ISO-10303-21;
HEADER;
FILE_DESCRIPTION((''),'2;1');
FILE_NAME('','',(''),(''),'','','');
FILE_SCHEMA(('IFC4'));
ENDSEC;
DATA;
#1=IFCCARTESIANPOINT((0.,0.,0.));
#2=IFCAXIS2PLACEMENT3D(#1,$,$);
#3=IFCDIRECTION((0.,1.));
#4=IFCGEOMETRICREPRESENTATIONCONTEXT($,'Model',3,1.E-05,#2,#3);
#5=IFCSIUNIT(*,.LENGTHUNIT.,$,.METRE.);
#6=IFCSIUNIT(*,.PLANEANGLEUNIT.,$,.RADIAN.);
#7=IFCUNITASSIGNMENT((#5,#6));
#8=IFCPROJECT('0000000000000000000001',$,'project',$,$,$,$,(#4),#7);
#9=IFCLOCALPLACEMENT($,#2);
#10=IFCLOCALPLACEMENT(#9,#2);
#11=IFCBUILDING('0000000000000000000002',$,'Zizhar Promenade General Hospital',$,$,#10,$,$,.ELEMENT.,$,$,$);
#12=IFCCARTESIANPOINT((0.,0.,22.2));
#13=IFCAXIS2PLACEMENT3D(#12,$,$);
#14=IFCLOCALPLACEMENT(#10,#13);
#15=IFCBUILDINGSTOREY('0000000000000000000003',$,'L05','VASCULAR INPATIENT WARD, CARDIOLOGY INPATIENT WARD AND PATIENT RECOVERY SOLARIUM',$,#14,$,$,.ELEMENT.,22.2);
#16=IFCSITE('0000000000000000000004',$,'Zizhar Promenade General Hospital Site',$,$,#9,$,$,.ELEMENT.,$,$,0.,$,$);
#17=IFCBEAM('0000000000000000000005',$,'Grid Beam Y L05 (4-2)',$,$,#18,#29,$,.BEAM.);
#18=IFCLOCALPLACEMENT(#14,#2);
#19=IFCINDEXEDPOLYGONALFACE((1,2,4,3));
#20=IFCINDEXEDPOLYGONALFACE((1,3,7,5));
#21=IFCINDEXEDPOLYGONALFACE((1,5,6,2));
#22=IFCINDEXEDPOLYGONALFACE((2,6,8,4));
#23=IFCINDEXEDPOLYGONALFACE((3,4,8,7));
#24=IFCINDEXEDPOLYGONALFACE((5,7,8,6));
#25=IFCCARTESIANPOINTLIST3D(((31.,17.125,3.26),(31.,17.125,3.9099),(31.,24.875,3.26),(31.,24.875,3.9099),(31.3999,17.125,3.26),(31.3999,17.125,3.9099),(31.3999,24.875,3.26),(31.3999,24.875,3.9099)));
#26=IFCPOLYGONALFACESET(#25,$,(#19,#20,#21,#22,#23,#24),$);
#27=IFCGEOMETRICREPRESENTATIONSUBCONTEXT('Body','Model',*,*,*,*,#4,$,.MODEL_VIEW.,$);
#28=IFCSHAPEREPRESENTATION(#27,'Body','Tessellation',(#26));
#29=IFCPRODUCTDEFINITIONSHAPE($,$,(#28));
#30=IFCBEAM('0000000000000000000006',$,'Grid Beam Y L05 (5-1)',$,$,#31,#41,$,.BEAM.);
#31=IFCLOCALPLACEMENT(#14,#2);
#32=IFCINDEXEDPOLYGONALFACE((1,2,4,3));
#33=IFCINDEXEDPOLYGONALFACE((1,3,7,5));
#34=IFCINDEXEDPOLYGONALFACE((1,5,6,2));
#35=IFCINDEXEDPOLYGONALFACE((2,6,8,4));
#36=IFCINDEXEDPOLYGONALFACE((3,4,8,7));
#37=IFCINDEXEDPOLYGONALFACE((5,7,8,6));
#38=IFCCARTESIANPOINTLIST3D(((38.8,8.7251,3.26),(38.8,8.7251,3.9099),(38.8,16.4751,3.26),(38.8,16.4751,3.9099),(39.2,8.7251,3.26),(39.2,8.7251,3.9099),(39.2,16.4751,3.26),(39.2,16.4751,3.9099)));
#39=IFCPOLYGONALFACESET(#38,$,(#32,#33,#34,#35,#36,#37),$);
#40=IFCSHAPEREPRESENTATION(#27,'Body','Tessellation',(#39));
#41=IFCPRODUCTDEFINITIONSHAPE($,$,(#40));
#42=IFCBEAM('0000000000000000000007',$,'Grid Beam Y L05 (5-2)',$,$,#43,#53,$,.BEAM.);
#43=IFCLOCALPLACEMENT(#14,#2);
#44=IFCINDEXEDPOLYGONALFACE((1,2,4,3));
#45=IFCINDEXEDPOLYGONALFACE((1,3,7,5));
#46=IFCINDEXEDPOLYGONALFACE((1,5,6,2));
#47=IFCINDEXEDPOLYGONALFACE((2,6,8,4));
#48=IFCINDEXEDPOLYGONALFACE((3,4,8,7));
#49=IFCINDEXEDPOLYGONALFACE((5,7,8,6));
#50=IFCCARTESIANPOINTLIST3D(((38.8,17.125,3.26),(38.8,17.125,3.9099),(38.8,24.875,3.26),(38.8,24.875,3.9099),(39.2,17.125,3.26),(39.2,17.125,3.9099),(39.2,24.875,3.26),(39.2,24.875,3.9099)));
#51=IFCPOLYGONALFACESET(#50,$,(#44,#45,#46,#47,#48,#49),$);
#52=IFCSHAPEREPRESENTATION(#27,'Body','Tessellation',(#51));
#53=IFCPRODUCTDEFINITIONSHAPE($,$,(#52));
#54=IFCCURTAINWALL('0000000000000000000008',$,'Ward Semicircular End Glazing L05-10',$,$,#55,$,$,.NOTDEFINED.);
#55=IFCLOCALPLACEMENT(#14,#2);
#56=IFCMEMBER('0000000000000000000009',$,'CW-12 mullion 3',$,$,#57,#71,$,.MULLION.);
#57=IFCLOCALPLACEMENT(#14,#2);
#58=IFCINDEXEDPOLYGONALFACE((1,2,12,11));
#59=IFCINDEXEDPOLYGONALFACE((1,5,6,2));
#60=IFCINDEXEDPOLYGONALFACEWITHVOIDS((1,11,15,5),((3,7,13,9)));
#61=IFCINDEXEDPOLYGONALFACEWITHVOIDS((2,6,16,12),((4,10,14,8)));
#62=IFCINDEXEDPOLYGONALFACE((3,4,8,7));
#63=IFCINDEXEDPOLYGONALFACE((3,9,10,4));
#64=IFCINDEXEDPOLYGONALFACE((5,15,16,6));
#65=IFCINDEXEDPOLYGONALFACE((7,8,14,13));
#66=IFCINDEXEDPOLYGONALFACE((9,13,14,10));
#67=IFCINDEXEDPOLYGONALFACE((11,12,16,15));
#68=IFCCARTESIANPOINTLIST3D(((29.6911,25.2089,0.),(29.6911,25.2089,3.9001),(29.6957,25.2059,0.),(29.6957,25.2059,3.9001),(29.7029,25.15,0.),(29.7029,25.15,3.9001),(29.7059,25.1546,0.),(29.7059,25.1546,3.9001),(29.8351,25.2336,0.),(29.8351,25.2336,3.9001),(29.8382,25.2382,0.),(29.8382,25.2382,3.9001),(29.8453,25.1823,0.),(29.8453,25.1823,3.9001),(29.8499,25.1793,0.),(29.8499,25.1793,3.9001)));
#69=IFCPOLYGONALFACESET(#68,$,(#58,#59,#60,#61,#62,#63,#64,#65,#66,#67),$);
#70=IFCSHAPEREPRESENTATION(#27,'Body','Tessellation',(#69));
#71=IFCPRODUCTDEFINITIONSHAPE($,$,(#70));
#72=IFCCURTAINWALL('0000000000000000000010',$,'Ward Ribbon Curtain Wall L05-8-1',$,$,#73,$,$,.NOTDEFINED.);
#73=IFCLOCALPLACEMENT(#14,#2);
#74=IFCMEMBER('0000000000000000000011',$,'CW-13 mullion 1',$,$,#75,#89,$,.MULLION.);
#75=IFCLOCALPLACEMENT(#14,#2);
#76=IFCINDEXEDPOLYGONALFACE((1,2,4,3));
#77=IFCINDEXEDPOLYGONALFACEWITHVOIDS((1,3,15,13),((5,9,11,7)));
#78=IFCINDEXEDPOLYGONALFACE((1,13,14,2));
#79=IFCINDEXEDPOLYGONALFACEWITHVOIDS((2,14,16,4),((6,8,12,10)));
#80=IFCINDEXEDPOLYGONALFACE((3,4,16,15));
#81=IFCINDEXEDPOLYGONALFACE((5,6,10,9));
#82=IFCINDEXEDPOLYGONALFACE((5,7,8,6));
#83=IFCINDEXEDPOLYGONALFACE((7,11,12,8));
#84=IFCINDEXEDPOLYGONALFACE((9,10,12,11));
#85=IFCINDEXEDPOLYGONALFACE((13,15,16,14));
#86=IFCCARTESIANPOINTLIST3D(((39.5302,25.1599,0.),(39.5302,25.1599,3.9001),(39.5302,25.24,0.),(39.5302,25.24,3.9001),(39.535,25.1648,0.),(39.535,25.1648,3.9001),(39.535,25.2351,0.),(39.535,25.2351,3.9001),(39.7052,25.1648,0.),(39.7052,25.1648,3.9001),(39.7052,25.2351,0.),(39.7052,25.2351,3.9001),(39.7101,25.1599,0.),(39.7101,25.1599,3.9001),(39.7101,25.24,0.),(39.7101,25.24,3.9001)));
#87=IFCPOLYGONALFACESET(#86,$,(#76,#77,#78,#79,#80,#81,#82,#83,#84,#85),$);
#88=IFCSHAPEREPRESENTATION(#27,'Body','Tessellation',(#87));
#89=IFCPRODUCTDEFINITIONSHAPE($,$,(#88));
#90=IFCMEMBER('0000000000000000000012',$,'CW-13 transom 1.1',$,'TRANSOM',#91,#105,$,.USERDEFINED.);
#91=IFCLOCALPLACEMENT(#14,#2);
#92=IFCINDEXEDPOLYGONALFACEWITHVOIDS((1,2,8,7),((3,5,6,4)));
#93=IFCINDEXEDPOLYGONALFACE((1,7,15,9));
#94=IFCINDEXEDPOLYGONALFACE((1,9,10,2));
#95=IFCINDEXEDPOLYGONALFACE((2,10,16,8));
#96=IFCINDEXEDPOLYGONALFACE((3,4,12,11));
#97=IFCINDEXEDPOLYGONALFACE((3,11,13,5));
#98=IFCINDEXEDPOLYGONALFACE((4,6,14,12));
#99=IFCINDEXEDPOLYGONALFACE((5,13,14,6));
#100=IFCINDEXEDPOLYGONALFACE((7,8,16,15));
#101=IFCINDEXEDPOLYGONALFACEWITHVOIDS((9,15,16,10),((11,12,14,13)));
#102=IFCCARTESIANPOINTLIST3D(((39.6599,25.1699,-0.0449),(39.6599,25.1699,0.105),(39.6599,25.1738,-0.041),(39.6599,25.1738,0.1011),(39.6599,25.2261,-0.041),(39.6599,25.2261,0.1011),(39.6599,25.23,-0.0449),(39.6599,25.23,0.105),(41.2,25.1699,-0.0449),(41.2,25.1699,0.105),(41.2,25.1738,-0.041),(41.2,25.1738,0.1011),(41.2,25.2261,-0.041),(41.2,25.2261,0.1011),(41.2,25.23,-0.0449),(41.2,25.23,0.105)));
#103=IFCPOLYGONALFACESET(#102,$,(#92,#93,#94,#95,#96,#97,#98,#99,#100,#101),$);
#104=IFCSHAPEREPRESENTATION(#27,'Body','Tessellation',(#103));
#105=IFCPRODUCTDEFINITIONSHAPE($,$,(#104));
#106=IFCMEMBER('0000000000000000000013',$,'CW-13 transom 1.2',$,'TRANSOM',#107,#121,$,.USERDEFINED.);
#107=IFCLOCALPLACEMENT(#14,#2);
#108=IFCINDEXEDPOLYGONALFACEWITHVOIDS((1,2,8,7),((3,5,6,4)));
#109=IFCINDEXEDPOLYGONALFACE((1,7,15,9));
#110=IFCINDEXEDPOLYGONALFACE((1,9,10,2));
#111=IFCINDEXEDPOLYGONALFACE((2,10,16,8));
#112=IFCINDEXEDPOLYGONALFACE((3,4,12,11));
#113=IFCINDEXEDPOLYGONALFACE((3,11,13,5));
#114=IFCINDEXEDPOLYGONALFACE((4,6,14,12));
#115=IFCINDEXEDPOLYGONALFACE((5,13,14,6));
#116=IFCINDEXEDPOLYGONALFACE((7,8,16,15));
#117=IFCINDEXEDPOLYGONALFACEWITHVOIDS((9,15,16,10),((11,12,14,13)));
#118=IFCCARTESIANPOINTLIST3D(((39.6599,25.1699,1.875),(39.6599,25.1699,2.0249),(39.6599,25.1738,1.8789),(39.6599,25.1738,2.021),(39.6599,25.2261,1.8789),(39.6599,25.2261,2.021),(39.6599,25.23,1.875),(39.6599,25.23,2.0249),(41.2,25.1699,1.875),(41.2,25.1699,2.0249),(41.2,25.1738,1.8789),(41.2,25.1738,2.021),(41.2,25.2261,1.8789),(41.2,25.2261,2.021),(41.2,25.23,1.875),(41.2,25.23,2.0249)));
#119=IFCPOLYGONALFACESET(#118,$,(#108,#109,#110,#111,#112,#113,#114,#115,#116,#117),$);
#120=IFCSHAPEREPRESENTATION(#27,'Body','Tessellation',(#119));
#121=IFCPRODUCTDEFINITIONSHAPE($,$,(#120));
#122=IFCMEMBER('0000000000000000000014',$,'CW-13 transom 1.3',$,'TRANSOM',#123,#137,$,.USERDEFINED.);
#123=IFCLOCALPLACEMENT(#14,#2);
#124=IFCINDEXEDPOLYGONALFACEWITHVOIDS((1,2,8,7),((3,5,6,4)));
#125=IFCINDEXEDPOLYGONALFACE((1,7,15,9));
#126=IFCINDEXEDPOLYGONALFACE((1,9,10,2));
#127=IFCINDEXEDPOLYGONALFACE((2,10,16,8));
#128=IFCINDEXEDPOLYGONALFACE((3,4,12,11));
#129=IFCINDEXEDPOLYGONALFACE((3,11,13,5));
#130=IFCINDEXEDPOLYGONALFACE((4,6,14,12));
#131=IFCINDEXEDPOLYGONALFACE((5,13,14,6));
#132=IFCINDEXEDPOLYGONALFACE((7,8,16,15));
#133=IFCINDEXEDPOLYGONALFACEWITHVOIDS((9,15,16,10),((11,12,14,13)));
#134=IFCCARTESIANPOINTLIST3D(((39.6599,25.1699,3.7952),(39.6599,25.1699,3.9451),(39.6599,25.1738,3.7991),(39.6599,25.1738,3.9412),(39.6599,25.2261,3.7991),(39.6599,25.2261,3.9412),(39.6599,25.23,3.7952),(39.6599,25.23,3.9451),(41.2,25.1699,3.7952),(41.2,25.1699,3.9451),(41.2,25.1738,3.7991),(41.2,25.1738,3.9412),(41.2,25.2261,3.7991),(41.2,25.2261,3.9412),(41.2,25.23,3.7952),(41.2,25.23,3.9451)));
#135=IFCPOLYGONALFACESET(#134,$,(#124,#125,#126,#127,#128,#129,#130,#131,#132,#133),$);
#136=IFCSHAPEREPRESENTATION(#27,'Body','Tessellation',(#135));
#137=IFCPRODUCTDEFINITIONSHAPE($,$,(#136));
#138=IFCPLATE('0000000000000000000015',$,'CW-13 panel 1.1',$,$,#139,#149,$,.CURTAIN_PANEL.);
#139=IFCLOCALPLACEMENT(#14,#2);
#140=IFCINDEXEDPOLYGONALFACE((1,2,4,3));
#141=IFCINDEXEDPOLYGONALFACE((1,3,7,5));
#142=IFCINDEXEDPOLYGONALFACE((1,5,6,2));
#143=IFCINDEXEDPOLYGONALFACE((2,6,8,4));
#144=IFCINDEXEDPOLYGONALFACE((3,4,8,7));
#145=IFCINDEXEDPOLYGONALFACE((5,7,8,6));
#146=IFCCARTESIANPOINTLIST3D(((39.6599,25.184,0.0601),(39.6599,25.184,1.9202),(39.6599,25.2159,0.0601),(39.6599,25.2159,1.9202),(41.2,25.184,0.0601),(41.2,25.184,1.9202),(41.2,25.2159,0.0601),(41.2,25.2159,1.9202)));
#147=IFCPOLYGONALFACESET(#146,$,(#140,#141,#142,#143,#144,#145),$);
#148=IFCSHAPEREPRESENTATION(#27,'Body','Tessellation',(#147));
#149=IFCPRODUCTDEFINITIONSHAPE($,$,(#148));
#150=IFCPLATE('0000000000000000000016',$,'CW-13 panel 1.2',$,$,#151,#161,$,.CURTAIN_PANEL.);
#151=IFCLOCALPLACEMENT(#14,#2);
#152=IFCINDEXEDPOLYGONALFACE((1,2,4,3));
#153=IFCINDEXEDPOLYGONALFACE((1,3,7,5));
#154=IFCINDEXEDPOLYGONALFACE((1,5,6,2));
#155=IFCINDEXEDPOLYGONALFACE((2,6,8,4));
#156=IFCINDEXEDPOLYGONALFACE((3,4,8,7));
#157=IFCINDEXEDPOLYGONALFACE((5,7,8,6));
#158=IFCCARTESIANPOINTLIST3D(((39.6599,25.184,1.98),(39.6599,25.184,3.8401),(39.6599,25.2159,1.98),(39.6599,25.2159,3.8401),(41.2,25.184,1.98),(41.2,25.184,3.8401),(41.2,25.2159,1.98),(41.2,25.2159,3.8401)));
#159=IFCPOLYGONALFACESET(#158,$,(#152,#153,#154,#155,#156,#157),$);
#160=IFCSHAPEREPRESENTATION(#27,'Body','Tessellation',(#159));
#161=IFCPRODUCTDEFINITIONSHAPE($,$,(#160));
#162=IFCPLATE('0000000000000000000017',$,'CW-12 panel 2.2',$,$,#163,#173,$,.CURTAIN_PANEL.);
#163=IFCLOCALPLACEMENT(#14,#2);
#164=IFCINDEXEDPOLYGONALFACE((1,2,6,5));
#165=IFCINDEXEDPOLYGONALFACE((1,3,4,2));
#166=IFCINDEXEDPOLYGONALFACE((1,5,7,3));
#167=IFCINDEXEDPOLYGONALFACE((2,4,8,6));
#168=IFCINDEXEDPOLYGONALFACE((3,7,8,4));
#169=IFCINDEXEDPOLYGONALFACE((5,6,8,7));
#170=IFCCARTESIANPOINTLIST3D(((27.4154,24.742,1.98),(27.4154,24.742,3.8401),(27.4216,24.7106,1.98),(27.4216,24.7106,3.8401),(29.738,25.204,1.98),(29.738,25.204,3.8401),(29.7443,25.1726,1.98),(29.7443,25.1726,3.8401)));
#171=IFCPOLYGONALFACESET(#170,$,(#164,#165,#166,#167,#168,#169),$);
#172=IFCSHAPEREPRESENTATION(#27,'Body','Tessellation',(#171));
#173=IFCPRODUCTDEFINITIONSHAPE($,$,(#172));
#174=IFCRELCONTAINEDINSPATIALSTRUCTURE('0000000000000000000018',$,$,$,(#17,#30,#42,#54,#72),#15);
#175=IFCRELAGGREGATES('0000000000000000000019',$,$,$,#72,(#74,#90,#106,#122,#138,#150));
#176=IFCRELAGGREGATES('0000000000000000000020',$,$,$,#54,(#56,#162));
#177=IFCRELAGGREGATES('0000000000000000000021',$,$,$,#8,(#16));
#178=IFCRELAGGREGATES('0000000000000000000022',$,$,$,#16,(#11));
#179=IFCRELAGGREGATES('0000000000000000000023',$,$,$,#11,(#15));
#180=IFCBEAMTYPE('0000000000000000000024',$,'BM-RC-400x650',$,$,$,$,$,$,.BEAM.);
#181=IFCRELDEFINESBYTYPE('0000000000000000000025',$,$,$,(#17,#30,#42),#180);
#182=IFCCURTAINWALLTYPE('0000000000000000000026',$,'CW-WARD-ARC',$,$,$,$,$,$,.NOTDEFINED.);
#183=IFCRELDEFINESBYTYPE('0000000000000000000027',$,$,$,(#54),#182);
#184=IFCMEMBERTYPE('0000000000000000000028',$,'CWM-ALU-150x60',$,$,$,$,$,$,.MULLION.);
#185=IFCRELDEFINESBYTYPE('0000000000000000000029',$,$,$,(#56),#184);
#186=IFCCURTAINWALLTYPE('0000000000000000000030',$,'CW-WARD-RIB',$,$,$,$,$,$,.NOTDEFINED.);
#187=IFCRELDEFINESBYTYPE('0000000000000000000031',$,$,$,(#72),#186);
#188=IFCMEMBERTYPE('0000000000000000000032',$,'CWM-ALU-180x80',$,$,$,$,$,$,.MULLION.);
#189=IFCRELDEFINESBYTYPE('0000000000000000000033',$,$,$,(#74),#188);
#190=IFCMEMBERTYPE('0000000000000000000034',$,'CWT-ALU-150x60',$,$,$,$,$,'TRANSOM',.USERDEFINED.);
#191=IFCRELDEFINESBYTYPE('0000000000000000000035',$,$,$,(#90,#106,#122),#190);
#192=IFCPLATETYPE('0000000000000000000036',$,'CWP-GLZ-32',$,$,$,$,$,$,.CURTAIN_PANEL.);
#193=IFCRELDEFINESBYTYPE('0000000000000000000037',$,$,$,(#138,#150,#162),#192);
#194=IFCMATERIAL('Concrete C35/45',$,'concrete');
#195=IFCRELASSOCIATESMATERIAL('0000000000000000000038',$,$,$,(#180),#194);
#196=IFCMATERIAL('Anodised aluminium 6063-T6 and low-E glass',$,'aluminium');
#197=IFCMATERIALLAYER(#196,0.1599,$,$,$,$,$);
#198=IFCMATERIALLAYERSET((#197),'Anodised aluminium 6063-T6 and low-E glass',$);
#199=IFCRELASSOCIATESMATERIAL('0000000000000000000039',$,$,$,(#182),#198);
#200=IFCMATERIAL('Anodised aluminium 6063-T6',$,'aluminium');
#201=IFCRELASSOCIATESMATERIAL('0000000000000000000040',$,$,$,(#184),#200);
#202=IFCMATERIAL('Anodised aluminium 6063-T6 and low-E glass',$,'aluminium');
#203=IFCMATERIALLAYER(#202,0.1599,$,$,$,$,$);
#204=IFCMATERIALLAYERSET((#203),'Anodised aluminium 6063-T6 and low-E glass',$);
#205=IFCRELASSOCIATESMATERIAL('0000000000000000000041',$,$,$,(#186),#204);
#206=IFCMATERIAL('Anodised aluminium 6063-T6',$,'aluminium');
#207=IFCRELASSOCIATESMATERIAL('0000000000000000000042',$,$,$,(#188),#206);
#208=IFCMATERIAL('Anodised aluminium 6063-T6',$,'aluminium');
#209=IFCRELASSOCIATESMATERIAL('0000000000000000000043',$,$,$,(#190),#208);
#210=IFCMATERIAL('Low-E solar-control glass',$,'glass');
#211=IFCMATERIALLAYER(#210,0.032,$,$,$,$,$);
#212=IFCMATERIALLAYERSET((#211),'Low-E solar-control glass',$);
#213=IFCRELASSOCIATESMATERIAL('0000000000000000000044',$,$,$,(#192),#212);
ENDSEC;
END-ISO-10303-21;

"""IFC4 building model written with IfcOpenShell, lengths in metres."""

from ifc_helpers import new_model, si_unit, direction, frame, origin, origin_2d, place, context, subcontext, project, spatial, rectangle, hollow_rectangle, extrude, material, layer, layer_set, material_profile, profile_set, type_object, element, aggregate, save


model = new_model("IFC4")

# Units and contexts
model_context = context("Model", 3, precision=1e-05, world=origin(), true_north=direction((0.0, 1.0)))
body_context = subcontext(model_context, "Body", "Model", "MODEL_VIEW")
ifc_project = project(units=[si_unit("LENGTHUNIT", "METRE"), si_unit("PLANEANGLEUNIT", "RADIAN")], contexts=[model_context])

# Site, building, storey
site_placement = place(None, origin())
site = spatial("IfcSite", under=ifc_project, at=site_placement, Name="Zizhar Promenade General Hospital Site", CompositionType="ELEMENT", RefElevation=0.0)
building_placement = place(site_placement, origin())
building = spatial("IfcBuilding", under=site, at=building_placement, Name="Zizhar Promenade General Hospital", CompositionType="ELEMENT")
storey_placement = place(building_placement, frame((0.0, 0.0, 22.2)))
storey = spatial("IfcBuildingStorey", under=building, at=storey_placement, Name="L05", Description="VASCULAR INPATIENT WARD, CARDIOLOGY INPATIENT WARD AND PATIENT RECOVERY SOLARIUM", CompositionType="ELEMENT", Elevation=22.2)

# Beams
ifc_material_1 = material(Name="Concrete C35/45", Category="concrete")
ifc_material_profile_1 = material_profile(ifc_material_1, rectangle(XDim=0.3999, YDim=0.6499, at=origin_2d()))
ifc_profile_set_1 = profile_set([ifc_material_profile_1], Name="Concrete C35/45")
beam_type_1 = type_object("IfcBeamType", Name="BM-RC-400x650", PredefinedType="BEAM", material=ifc_profile_set_1)
for number, where, z_axis, x_axis, name in (
    (1, (31.2, 17.125, 3.585), (0.0, 1.0, 0.0), (-1.0, 0.0, 0.0), "Grid Beam Y L05 (4-2)"),
    (2, (39.0, 8.7251, 3.585), (0.0, 1.0, 0.0), (-1.0, 0.0, 0.0), "Grid Beam Y L05 (5-1)"),
    (3, (39.0, 17.125, 3.585), (0.0, 1.0, 0.0), (-1.0, 0.0, 0.0), "Grid Beam Y L05 (5-2)"),
):
    element("IfcBeam", number, at=place(storey_placement, frame(where, z_axis=z_axis, x_axis=x_axis)), inside=storey, type_object=beam_type_1, Name=name, PredefinedType="BEAM", context=body_context, shape_type="SweptSolid", body=[
        extrude(rectangle(XDim=0.3999, YDim=0.6499, at=origin_2d()), origin(), (0.0, 0.0, 1.0), 7.75),
    ])

# Curtain wall, member
ifc_material_2 = material(Name="Anodised aluminium 6063-T6 and low-E glass", Category="aluminium")
ifc_layer_1 = layer(ifc_material_2, 0.1599)
ifc_layer_set_1 = layer_set([ifc_layer_1], Name="Anodised aluminium 6063-T6 and low-E glass")
curtain_wall_type_1 = type_object("IfcCurtainWallType", Name="CW-WARD-ARC", PredefinedType="NOTDEFINED", material=ifc_layer_set_1)
curtain_wall_1_placement = place(storey_placement, origin())
curtain_wall_1 = element("IfcCurtainWall", 4, at=curtain_wall_1_placement, inside=storey, type_object=curtain_wall_type_1, Name="Ward Semicircular End Glazing L05-10", PredefinedType="NOTDEFINED")
ifc_material_3 = material(Name="Anodised aluminium 6063-T6", Category="aluminium")
ifc_material_profile_2 = material_profile(ifc_material_3, hollow_rectangle(XDim=0.0601, YDim=0.1499, WallThickness=0.0039, at=origin_2d()))
ifc_profile_set_2 = profile_set([ifc_material_profile_2], Name="Anodised aluminium 6063-T6")
member_type_1 = type_object("IfcMemberType", Name="CWM-ALU-150x60", PredefinedType="MULLION", material=ifc_profile_set_2)
member_1_placement = place(storey_placement, frame((29.7705, 25.1941, 0.0), z_axis=(0.0, 0.0, 1.0), x_axis=(-0.195087, 0.980786, 0.0)))
member_1 = element("IfcMember", 5, at=member_1_placement, type_object=member_type_1, Name="CW-12 mullion 3", PredefinedType="MULLION", context=body_context, shape_type="SweptSolid", body=[
    extrude(hollow_rectangle(XDim=0.0601, YDim=0.1499, WallThickness=0.0039, at=origin_2d()), origin(), (0.0, 0.0, 1.0), 3.9001),
])

# Curtain wall, members, plates
ifc_material_4 = material(Name="Anodised aluminium 6063-T6 and low-E glass", Category="aluminium")
ifc_layer_2 = layer(ifc_material_4, 0.1599)
ifc_layer_set_2 = layer_set([ifc_layer_2], Name="Anodised aluminium 6063-T6 and low-E glass")
curtain_wall_type_2 = type_object("IfcCurtainWallType", Name="CW-WARD-RIB", PredefinedType="NOTDEFINED", material=ifc_layer_set_2)
curtain_wall_2_placement = place(storey_placement, origin())
curtain_wall_2 = element("IfcCurtainWall", 6, at=curtain_wall_2_placement, inside=storey, type_object=curtain_wall_type_2, Name="Ward Ribbon Curtain Wall L05-8-1", PredefinedType="NOTDEFINED")
ifc_material_5 = material(Name="Anodised aluminium 6063-T6", Category="aluminium")
ifc_material_profile_3 = material_profile(ifc_material_5, hollow_rectangle(XDim=0.0801, YDim=0.1799, WallThickness=0.0049, at=origin_2d()))
ifc_profile_set_3 = profile_set([ifc_material_profile_3], Name="Anodised aluminium 6063-T6")
member_type_2 = type_object("IfcMemberType", Name="CWM-ALU-180x80", PredefinedType="MULLION", material=ifc_profile_set_3)
member_2_placement = place(storey_placement, frame((39.6201, 25.2, 0.0), z_axis=(0.0, 0.0, 1.0), x_axis=(0.0, 1.0, 0.0)))
member_2 = element("IfcMember", 7, at=member_2_placement, type_object=member_type_2, Name="CW-13 mullion 1", PredefinedType="MULLION", context=body_context, shape_type="SweptSolid", body=[
    extrude(hollow_rectangle(XDim=0.0801, YDim=0.1799, WallThickness=0.0049, at=origin_2d()), origin(), (0.0, 0.0, 1.0), 3.9001),
])
ifc_material_6 = material(Name="Anodised aluminium 6063-T6", Category="aluminium")
ifc_material_profile_4 = material_profile(ifc_material_6, hollow_rectangle(XDim=0.0601, YDim=0.1499, WallThickness=0.0039, at=origin_2d()))
ifc_profile_set_4 = profile_set([ifc_material_profile_4], Name="Anodised aluminium 6063-T6")
member_type_3 = type_object("IfcMemberType", Name="CWT-ALU-150x60", ElementType="TRANSOM", PredefinedType="USERDEFINED", material=ifc_profile_set_4)
member_3_placement = place(storey_placement, frame((39.6599, 25.2, 0.03), z_axis=(1.0, 0.0, 0.0), x_axis=(0.0, 1.0, 0.0)))
member_3 = element("IfcMember", 8, at=member_3_placement, type_object=member_type_3, Name="CW-13 transom 1.1", ObjectType="TRANSOM", PredefinedType="USERDEFINED", context=body_context, shape_type="SweptSolid", body=[
    extrude(hollow_rectangle(XDim=0.0601, YDim=0.1499, WallThickness=0.0039, at=origin_2d()), origin(), (0.0, 0.0, 1.0), 1.54),
])
member_4_placement = place(storey_placement, frame((39.6599, 25.2, 1.95), z_axis=(1.0, 0.0, 0.0), x_axis=(0.0, 1.0, 0.0)))
member_4 = element("IfcMember", 9, at=member_4_placement, type_object=member_type_3, Name="CW-13 transom 1.2", ObjectType="TRANSOM", PredefinedType="USERDEFINED", context=body_context, shape_type="SweptSolid", body=[
    extrude(hollow_rectangle(XDim=0.0601, YDim=0.1499, WallThickness=0.0039, at=origin_2d()), origin(), (0.0, 0.0, 1.0), 1.54),
])
member_5_placement = place(storey_placement, frame((39.6599, 25.2, 3.8701), z_axis=(1.0, 0.0, 0.0), x_axis=(0.0, 1.0, 0.0)))
member_5 = element("IfcMember", 10, at=member_5_placement, type_object=member_type_3, Name="CW-13 transom 1.3", ObjectType="TRANSOM", PredefinedType="USERDEFINED", context=body_context, shape_type="SweptSolid", body=[
    extrude(hollow_rectangle(XDim=0.0601, YDim=0.1499, WallThickness=0.0039, at=origin_2d()), origin(), (0.0, 0.0, 1.0), 1.54),
])
ifc_material_7 = material(Name="Low-E solar-control glass", Category="glass")
ifc_layer_3 = layer(ifc_material_7, 0.032)
ifc_layer_set_3 = layer_set([ifc_layer_3], Name="Low-E solar-control glass")
plate_type = type_object("IfcPlateType", Name="CWP-GLZ-32", PredefinedType="CURTAIN_PANEL", material=ifc_layer_set_3)
plate_1_placement = place(storey_placement, frame((40.4299, 25.2, 0.0601), z_axis=(0.0, 0.0, 1.0), x_axis=(1.0, 0.0, 0.0)))
plate_1 = element("IfcPlate", 11, at=plate_1_placement, type_object=plate_type, Name="CW-13 panel 1.1", PredefinedType="CURTAIN_PANEL", context=body_context, shape_type="SweptSolid", body=[
    extrude(rectangle(XDim=1.54, YDim=0.032, at=origin_2d()), origin(), (0.0, 0.0, 1.0), 1.8601),
])
plate_2_placement = place(storey_placement, frame((40.4299, 25.2, 1.98), z_axis=(0.0, 0.0, 1.0), x_axis=(1.0, 0.0, 0.0)))
plate_2 = element("IfcPlate", 12, at=plate_2_placement, type_object=plate_type, Name="CW-13 panel 1.2", PredefinedType="CURTAIN_PANEL", context=body_context, shape_type="SweptSolid", body=[
    extrude(rectangle(XDim=1.54, YDim=0.032, at=origin_2d()), origin(), (0.0, 0.0, 1.0), 1.8601),
])
aggregate(curtain_wall_2, [member_2, member_3, member_4, member_5, plate_1, plate_2])

# Plate
plate_3_placement = place(storey_placement, frame((28.5798, 24.9573, 1.98), z_axis=(0.0, 0.0, 1.0), x_axis=(0.980786, 0.195087, 0.0)))
plate_3 = element("IfcPlate", 13, at=plate_3_placement, type_object=plate_type, Name="CW-12 panel 2.2", PredefinedType="CURTAIN_PANEL", context=body_context, shape_type="SweptSolid", body=[
    extrude(rectangle(XDim=2.3682, YDim=0.032, at=origin_2d()), origin(), (0.0, 0.0, 1.0), 1.8601),
])
aggregate(curtain_wall_1, [member_1, plate_3])

save(model, "model.ifc")
